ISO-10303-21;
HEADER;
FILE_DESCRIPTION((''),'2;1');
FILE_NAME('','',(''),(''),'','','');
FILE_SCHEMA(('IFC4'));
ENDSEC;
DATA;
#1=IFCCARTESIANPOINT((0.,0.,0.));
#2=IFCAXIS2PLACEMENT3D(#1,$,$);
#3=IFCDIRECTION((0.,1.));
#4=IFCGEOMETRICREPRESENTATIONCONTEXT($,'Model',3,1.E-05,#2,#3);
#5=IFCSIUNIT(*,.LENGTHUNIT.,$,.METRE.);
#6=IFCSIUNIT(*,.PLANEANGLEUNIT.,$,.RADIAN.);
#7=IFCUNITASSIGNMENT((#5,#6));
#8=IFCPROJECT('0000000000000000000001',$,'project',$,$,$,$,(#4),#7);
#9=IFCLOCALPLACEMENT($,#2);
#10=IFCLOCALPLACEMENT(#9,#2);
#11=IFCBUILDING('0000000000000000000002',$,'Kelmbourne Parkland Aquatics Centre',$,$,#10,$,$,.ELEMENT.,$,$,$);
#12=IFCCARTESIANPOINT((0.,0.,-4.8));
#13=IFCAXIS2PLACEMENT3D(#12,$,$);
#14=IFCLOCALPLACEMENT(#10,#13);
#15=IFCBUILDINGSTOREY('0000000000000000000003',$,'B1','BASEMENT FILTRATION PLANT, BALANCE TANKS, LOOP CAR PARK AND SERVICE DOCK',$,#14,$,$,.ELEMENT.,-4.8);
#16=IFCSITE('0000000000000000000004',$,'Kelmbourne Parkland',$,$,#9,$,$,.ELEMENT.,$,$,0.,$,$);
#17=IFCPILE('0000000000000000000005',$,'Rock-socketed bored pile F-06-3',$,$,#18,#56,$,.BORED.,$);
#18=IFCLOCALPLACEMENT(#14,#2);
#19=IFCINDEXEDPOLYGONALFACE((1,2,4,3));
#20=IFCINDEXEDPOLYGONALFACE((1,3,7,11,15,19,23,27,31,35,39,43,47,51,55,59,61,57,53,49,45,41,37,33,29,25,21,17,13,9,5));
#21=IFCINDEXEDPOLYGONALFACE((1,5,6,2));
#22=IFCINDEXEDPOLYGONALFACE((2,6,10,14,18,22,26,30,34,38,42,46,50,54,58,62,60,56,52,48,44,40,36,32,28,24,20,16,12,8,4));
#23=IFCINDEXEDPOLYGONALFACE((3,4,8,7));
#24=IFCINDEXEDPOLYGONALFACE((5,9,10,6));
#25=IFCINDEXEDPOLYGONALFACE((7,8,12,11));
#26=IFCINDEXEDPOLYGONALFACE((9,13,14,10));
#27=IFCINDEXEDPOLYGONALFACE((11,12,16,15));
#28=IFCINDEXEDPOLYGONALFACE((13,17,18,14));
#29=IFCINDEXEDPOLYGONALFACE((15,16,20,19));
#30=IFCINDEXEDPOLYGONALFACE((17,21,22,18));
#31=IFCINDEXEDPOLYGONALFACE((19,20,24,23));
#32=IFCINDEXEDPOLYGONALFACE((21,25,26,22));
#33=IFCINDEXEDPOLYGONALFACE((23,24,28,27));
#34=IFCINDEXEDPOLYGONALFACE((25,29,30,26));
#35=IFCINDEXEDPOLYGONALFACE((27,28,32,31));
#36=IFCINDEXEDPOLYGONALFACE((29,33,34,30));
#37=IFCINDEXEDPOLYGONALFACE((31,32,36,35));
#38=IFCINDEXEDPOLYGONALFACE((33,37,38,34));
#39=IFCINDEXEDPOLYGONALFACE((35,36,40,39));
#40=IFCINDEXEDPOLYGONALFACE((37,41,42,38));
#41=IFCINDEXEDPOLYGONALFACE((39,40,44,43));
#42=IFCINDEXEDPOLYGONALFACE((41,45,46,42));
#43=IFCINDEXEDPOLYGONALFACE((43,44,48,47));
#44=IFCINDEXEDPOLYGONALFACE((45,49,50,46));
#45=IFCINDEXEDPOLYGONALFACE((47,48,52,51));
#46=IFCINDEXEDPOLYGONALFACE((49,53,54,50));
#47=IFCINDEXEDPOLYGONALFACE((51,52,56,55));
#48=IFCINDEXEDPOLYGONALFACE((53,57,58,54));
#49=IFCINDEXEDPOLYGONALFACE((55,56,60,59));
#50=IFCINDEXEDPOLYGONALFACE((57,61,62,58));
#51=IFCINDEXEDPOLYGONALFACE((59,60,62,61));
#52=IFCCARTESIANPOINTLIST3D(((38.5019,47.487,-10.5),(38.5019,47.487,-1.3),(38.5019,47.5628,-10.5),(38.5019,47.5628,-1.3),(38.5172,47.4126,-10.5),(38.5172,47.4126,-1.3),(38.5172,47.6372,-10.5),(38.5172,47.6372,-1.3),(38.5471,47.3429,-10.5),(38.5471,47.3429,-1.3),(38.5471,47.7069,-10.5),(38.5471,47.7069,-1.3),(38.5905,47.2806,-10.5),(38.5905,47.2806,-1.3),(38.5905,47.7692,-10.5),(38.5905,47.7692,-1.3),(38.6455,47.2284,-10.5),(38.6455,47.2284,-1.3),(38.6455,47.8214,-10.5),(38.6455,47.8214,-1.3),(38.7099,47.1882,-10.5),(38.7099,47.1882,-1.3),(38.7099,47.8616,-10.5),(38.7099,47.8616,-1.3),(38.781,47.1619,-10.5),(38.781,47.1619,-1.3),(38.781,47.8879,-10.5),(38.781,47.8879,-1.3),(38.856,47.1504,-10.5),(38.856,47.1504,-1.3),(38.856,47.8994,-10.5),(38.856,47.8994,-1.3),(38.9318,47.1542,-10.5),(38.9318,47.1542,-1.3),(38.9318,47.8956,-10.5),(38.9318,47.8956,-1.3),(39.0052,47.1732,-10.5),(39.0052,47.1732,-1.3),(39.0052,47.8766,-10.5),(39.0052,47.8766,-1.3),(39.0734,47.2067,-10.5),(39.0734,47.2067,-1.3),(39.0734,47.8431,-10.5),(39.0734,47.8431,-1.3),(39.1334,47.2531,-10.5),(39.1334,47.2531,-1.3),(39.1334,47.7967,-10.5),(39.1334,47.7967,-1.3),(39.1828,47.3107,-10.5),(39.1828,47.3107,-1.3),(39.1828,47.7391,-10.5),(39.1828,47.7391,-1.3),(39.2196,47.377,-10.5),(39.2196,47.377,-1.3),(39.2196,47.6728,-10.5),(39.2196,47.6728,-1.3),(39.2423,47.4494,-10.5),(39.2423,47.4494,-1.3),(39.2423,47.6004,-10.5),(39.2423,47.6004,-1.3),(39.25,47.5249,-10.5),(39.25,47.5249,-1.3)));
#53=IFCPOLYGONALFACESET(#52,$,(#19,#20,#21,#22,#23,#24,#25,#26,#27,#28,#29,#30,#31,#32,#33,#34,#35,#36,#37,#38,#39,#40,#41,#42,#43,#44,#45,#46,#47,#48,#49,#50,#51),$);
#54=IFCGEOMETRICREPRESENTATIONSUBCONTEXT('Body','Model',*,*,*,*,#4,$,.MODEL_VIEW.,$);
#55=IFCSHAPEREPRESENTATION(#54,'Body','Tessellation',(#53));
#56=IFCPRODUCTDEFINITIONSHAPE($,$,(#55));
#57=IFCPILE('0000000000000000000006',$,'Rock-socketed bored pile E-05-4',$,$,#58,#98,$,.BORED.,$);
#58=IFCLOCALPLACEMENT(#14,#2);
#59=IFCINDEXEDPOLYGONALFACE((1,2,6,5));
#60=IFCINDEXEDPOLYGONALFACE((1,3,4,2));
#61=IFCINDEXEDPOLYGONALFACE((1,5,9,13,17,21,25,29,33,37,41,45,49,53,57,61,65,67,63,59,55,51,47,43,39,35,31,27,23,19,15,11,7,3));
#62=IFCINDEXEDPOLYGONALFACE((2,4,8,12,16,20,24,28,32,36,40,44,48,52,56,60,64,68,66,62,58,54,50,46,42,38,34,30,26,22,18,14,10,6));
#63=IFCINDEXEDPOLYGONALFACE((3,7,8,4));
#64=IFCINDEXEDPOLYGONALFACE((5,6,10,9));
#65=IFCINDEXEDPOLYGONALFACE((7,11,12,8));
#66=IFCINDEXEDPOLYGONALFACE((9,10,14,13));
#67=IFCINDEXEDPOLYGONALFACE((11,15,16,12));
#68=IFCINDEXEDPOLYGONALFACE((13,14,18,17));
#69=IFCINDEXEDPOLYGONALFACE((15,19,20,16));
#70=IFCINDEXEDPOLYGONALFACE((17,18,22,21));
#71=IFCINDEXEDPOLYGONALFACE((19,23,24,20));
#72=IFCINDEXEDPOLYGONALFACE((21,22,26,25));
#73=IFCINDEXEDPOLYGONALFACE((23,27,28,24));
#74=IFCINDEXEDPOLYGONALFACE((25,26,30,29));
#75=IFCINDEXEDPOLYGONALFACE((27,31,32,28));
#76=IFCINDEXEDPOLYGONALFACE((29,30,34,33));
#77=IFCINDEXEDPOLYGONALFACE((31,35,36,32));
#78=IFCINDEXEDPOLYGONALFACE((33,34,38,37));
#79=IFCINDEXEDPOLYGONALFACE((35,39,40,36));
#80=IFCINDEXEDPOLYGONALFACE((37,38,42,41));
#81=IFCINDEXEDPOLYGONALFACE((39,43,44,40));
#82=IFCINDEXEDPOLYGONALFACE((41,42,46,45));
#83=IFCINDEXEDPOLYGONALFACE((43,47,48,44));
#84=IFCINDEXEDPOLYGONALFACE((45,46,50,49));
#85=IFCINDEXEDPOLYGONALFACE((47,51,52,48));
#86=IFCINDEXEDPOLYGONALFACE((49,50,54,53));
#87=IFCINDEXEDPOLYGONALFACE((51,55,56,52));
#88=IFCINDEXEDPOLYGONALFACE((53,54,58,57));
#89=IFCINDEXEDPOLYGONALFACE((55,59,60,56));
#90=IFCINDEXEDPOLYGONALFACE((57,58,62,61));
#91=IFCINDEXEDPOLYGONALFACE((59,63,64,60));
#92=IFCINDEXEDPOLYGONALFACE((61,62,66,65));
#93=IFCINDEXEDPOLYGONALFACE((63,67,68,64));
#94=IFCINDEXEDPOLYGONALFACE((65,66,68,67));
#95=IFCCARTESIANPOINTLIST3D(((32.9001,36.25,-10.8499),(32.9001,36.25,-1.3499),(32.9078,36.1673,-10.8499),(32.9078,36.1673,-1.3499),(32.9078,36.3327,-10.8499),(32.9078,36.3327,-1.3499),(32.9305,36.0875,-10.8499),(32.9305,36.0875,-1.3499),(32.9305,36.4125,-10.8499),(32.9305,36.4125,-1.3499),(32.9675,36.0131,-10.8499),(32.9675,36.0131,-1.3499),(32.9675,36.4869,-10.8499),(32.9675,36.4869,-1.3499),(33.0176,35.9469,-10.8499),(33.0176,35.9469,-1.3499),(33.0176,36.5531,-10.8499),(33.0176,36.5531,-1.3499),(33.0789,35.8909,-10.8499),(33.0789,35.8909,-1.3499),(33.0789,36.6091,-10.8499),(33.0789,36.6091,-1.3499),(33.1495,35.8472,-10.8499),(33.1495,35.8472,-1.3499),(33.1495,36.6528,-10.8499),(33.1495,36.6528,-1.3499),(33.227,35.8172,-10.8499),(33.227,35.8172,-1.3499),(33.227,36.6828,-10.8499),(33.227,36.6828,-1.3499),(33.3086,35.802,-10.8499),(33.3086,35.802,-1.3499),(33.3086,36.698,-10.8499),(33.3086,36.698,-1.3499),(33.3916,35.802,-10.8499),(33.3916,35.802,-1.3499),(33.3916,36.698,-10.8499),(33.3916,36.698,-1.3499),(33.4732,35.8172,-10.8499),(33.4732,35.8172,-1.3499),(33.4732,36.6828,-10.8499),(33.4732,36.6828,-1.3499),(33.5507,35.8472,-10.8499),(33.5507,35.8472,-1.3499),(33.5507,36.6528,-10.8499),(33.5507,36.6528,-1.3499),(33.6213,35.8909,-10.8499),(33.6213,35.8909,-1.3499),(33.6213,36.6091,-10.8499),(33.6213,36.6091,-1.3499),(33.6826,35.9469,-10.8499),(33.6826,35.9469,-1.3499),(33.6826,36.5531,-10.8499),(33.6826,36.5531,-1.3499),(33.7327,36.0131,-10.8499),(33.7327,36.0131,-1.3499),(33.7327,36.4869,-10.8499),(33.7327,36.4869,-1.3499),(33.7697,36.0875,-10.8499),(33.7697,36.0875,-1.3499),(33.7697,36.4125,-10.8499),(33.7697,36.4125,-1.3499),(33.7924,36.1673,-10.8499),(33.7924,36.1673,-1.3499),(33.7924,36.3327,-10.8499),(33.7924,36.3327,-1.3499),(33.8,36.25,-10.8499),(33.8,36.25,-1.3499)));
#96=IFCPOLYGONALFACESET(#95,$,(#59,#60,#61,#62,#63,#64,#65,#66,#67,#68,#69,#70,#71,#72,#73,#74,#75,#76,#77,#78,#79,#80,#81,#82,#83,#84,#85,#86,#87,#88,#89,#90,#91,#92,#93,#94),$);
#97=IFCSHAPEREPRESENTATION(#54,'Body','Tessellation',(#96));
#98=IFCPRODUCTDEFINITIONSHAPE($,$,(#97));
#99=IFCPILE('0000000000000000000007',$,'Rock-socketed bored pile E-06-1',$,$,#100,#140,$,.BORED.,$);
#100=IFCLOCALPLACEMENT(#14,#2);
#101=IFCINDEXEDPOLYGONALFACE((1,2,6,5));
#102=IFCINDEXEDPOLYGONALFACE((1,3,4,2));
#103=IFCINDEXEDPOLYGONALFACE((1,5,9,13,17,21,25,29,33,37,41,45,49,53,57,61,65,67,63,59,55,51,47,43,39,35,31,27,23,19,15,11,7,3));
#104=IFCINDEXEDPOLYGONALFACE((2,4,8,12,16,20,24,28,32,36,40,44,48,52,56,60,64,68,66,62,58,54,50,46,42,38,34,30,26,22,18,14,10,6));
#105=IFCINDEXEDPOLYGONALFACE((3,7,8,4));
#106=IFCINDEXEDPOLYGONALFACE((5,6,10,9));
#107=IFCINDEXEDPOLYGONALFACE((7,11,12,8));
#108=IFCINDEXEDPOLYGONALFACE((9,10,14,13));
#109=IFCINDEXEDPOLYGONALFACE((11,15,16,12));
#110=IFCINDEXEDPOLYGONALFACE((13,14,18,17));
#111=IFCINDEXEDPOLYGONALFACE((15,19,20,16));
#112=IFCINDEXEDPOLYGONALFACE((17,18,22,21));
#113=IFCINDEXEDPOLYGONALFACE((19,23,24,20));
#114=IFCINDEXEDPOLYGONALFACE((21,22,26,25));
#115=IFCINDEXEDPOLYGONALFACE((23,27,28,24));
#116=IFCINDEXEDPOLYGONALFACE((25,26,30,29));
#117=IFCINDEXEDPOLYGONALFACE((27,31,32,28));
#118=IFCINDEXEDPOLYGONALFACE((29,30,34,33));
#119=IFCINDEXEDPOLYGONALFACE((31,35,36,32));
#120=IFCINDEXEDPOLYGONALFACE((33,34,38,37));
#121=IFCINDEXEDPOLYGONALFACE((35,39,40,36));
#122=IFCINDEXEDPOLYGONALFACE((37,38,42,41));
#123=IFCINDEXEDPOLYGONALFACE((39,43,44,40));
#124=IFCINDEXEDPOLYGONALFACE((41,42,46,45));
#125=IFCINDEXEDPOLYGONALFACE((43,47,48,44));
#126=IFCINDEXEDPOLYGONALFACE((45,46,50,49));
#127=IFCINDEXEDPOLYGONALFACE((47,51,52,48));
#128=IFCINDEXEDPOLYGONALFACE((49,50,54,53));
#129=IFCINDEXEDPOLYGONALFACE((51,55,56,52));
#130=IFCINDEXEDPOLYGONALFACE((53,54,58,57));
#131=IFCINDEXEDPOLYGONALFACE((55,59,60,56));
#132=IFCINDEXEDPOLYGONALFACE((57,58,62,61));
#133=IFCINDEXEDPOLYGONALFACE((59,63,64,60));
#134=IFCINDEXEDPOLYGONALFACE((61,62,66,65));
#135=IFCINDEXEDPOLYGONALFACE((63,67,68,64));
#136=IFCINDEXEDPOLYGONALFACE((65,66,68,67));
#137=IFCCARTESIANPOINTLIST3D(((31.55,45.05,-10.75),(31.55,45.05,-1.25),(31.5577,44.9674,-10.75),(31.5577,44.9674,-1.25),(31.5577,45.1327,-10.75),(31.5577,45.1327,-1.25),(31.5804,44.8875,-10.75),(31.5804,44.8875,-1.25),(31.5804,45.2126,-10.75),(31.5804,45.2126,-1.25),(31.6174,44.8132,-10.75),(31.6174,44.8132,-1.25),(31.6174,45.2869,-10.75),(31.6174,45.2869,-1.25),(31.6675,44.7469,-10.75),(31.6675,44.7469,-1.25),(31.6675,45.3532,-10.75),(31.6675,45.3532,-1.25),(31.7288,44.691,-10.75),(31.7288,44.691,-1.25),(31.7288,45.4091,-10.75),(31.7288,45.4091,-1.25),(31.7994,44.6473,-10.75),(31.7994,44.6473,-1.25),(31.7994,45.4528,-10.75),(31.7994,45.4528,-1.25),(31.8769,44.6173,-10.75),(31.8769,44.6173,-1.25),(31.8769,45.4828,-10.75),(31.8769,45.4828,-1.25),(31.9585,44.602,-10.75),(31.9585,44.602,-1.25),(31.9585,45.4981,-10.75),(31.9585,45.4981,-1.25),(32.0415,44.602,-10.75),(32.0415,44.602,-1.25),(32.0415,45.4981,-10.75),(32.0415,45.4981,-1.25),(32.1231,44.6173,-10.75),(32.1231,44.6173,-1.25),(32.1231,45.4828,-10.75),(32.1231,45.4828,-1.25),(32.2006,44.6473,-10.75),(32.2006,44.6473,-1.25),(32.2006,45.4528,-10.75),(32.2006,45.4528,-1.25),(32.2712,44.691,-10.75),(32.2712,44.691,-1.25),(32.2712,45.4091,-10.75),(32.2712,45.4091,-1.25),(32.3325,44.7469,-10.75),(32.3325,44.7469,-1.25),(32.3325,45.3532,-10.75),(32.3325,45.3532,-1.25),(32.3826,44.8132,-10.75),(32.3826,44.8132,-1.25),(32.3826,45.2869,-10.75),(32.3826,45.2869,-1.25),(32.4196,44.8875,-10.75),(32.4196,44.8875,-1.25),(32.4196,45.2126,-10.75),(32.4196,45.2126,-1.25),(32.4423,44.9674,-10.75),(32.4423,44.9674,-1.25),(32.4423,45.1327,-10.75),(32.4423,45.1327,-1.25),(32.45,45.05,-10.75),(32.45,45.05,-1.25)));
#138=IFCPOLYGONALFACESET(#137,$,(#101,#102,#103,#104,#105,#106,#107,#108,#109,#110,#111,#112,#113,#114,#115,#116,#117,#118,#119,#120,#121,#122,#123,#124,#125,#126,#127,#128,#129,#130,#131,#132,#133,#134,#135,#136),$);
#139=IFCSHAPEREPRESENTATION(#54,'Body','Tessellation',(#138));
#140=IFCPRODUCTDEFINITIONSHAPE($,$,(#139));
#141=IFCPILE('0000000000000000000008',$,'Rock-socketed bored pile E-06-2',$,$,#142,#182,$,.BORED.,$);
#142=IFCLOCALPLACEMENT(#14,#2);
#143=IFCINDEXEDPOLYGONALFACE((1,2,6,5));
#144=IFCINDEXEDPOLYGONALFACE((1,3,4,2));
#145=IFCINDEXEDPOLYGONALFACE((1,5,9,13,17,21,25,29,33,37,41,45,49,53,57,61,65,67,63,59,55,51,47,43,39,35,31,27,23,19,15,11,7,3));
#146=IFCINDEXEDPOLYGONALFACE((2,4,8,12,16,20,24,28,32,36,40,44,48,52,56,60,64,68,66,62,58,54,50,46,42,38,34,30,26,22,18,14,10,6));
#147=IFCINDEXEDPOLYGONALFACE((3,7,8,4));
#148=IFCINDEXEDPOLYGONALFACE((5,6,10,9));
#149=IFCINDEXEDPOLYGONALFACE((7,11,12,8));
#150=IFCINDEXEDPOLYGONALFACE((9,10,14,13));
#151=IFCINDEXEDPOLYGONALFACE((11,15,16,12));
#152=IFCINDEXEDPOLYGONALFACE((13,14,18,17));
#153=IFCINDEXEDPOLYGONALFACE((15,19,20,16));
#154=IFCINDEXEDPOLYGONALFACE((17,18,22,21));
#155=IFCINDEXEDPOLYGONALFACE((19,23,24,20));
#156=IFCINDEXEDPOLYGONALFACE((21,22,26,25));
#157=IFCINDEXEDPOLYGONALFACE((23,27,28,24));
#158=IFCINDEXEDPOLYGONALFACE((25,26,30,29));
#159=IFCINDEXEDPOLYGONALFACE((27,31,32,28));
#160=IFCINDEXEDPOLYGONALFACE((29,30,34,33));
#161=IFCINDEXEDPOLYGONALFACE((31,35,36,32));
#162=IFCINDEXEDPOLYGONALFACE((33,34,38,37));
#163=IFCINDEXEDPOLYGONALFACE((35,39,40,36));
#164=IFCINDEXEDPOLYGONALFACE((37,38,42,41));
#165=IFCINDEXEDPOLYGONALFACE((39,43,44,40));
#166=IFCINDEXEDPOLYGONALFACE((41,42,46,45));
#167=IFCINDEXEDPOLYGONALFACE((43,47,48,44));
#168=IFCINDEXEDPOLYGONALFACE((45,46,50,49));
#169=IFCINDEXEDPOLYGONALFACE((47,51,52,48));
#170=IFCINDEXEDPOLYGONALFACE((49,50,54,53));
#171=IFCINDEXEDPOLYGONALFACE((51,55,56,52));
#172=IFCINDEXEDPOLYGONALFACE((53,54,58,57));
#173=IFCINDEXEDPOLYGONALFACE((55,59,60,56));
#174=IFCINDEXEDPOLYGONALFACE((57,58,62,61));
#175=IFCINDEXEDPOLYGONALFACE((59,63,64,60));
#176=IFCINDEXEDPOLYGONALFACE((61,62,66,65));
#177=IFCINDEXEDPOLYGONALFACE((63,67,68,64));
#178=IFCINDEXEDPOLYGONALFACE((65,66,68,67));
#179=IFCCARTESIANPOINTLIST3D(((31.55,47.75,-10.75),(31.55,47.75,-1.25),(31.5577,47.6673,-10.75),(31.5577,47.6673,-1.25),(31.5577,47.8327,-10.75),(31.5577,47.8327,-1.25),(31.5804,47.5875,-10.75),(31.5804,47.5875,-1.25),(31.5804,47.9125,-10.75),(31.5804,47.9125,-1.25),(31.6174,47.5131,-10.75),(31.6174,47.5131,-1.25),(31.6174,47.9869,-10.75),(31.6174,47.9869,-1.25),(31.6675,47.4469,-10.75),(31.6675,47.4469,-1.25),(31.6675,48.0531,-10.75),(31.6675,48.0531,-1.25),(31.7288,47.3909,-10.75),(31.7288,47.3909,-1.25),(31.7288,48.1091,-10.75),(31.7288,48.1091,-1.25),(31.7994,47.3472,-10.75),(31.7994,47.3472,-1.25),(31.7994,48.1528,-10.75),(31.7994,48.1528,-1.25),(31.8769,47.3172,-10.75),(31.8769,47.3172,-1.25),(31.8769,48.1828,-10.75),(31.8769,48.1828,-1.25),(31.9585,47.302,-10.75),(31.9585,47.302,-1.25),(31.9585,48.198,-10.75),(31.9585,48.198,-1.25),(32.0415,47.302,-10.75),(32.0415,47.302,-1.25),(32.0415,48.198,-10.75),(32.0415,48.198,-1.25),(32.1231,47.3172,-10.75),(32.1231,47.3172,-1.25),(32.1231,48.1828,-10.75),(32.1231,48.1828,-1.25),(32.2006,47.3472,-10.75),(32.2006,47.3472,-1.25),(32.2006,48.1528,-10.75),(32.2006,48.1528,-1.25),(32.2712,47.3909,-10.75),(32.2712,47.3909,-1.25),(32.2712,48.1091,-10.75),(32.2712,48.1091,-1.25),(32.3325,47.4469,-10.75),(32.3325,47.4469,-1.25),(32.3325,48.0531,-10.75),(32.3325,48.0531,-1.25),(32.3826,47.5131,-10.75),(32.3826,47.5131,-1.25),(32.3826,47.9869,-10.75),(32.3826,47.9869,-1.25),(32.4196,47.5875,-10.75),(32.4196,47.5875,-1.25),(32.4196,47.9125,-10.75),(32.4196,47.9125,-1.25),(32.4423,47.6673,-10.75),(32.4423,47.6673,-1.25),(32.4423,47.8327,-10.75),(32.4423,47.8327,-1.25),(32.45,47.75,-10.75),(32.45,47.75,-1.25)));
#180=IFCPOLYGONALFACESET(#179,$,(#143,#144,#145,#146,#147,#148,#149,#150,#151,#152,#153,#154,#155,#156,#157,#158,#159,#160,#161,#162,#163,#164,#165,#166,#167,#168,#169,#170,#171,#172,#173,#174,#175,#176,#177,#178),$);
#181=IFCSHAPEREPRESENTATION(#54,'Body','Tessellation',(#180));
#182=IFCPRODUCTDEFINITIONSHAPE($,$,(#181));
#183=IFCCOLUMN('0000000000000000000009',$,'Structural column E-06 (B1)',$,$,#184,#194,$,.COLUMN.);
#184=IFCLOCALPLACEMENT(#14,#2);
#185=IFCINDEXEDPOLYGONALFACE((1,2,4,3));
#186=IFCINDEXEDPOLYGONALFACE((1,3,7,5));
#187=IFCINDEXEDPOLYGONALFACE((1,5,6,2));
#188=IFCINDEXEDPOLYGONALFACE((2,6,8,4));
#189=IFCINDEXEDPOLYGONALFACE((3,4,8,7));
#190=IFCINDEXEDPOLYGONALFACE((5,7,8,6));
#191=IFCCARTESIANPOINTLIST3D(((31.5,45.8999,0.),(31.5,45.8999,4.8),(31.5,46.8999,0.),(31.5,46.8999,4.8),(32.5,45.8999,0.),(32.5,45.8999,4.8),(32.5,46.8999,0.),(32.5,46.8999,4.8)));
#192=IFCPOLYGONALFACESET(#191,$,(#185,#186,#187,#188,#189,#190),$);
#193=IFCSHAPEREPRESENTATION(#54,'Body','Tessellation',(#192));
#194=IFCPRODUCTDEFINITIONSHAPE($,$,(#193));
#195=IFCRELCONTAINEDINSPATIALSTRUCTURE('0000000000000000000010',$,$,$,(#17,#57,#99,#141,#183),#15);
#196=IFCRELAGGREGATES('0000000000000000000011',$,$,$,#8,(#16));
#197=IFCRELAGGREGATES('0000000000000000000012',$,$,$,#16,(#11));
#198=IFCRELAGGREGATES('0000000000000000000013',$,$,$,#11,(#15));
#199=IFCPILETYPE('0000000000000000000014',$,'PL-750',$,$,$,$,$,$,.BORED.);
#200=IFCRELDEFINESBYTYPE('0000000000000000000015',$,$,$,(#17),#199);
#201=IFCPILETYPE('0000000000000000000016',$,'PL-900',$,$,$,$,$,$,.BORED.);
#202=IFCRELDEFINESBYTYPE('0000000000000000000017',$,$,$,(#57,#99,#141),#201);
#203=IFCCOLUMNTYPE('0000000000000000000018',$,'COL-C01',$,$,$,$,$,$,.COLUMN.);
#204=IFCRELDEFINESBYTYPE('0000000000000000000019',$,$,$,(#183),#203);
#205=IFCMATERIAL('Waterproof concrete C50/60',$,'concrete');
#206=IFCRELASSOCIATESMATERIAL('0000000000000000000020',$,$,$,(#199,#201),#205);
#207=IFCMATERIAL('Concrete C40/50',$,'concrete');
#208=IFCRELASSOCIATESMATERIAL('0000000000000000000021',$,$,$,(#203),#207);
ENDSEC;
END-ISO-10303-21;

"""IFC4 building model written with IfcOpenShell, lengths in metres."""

from ifc_helpers import new_model, si_unit, direction, frame, origin, origin_2d, place, context, subcontext, project, spatial, rectangle, circle, extrude, material, material_profile, profile_set, type_object, element, save


model = new_model("IFC4")

# Units and contexts
model_context = context("Model", 3, precision=1e-05, world=origin(), true_north=direction((0.0, 1.0)))
body_context = subcontext(model_context, "Body", "Model", "MODEL_VIEW")
ifc_project = project(units=[si_unit("LENGTHUNIT", "METRE"), si_unit("PLANEANGLEUNIT", "RADIAN")], contexts=[model_context])

# Site, building, storey
site_placement = place(None, origin())
site = spatial("IfcSite", under=ifc_project, at=site_placement, Name="Kelmbourne Parkland", CompositionType="ELEMENT", RefElevation=0.0)
building_placement = place(site_placement, origin())
building = spatial("IfcBuilding", under=site, at=building_placement, Name="Kelmbourne Parkland Aquatics Centre", CompositionType="ELEMENT")
storey_placement = place(building_placement, frame((0.0, 0.0, -4.8)))
storey = spatial("IfcBuildingStorey", under=building, at=storey_placement, Name="B1", Description="BASEMENT FILTRATION PLANT, BALANCE TANKS, LOOP CAR PARK AND SERVICE DOCK", CompositionType="ELEMENT", Elevation=-4.8)

# Shared definitions
ifc_material_1 = material(Name="Waterproof concrete C50/60", Category="concrete")

# Piles
ifc_material_profile_1 = material_profile(ifc_material_1, circle(Radius=0.375, at=origin_2d()), Name="PILE D750")
ifc_profile_set_1 = profile_set([ifc_material_profile_1], Name="Waterproof concrete C50/60")
pile_type_1 = type_object("IfcPileType", Name="PL-750", PredefinedType="BORED", material=ifc_profile_set_1)
for number, where, z_axis, x_axis, name in (
    (1, (38.875, 47.5249, -1.3), (0.0, 0.0, -1.0), (1.0, 0.0, 0.0), "Rock-socketed bored pile F-06-3"),
):
    element("IfcPile", number, at=place(storey_placement, frame(where, z_axis=z_axis, x_axis=x_axis)), inside=storey, type_object=pile_type_1, Name=name, PredefinedType="BORED", context=body_context, shape_type="SweptSolid", body=[
        extrude(circle(Radius=0.375, at=origin_2d()), origin(), (0.0, 0.0, 1.0), 9.2),
    ])
ifc_material_profile_2 = material_profile(ifc_material_1, circle(Radius=0.45, at=origin_2d()), Name="PILE D900")
ifc_profile_set_2 = profile_set([ifc_material_profile_2], Name="Waterproof concrete C50/60")
pile_type_2 = type_object("IfcPileType", Name="PL-900", PredefinedType="BORED", material=ifc_profile_set_2)
for number, where, z_axis, x_axis, name in (
    (2, (33.3501, 36.25, -1.3499), (0.0, 0.0, -1.0), (1.0, 0.0, 0.0), "Rock-socketed bored pile E-05-4"),
    (3, (32.0, 45.05, -1.25), (0.0, 0.0, -1.0), (1.0, 0.0, 0.0), "Rock-socketed bored pile E-06-1"),
    (4, (32.0, 47.75, -1.25), (0.0, 0.0, -1.0), (1.0, 0.0, 0.0), "Rock-socketed bored pile E-06-2"),
):
    element("IfcPile", number, at=place(storey_placement, frame(where, z_axis=z_axis, x_axis=x_axis)), inside=storey, type_object=pile_type_2, Name=name, PredefinedType="BORED", context=body_context, shape_type="SweptSolid", body=[
        extrude(circle(Radius=0.45, at=origin_2d()), origin(), (0.0, 0.0, 1.0), 9.5),
    ])

# Column
ifc_material_2 = material(Name="Concrete C40/50", Category="concrete")
ifc_material_profile_3 = material_profile(ifc_material_2, rectangle(XDim=1.0, YDim=1.0, at=origin_2d()), Name="RC 1000x1000")
ifc_profile_set_3 = profile_set([ifc_material_profile_3], Name="Concrete C40/50")
column_type = type_object("IfcColumnType", Name="COL-C01", PredefinedType="COLUMN", material=ifc_profile_set_3)
column_placement = place(storey_placement, frame((32.0, 46.3999, 0.0), z_axis=(0.0, 0.0, 1.0), x_axis=(1.0, 0.0, 0.0)))
element("IfcColumn", 5, at=column_placement, inside=storey, type_object=column_type, Name="Structural column E-06 (B1)", PredefinedType="COLUMN", context=body_context, shape_type="SweptSolid", body=[
    extrude(rectangle(XDim=1.0, YDim=1.0, at=origin_2d()), origin(), (0.0, 0.0, 1.0), 4.8),
])

save(model, "model.ifc")
